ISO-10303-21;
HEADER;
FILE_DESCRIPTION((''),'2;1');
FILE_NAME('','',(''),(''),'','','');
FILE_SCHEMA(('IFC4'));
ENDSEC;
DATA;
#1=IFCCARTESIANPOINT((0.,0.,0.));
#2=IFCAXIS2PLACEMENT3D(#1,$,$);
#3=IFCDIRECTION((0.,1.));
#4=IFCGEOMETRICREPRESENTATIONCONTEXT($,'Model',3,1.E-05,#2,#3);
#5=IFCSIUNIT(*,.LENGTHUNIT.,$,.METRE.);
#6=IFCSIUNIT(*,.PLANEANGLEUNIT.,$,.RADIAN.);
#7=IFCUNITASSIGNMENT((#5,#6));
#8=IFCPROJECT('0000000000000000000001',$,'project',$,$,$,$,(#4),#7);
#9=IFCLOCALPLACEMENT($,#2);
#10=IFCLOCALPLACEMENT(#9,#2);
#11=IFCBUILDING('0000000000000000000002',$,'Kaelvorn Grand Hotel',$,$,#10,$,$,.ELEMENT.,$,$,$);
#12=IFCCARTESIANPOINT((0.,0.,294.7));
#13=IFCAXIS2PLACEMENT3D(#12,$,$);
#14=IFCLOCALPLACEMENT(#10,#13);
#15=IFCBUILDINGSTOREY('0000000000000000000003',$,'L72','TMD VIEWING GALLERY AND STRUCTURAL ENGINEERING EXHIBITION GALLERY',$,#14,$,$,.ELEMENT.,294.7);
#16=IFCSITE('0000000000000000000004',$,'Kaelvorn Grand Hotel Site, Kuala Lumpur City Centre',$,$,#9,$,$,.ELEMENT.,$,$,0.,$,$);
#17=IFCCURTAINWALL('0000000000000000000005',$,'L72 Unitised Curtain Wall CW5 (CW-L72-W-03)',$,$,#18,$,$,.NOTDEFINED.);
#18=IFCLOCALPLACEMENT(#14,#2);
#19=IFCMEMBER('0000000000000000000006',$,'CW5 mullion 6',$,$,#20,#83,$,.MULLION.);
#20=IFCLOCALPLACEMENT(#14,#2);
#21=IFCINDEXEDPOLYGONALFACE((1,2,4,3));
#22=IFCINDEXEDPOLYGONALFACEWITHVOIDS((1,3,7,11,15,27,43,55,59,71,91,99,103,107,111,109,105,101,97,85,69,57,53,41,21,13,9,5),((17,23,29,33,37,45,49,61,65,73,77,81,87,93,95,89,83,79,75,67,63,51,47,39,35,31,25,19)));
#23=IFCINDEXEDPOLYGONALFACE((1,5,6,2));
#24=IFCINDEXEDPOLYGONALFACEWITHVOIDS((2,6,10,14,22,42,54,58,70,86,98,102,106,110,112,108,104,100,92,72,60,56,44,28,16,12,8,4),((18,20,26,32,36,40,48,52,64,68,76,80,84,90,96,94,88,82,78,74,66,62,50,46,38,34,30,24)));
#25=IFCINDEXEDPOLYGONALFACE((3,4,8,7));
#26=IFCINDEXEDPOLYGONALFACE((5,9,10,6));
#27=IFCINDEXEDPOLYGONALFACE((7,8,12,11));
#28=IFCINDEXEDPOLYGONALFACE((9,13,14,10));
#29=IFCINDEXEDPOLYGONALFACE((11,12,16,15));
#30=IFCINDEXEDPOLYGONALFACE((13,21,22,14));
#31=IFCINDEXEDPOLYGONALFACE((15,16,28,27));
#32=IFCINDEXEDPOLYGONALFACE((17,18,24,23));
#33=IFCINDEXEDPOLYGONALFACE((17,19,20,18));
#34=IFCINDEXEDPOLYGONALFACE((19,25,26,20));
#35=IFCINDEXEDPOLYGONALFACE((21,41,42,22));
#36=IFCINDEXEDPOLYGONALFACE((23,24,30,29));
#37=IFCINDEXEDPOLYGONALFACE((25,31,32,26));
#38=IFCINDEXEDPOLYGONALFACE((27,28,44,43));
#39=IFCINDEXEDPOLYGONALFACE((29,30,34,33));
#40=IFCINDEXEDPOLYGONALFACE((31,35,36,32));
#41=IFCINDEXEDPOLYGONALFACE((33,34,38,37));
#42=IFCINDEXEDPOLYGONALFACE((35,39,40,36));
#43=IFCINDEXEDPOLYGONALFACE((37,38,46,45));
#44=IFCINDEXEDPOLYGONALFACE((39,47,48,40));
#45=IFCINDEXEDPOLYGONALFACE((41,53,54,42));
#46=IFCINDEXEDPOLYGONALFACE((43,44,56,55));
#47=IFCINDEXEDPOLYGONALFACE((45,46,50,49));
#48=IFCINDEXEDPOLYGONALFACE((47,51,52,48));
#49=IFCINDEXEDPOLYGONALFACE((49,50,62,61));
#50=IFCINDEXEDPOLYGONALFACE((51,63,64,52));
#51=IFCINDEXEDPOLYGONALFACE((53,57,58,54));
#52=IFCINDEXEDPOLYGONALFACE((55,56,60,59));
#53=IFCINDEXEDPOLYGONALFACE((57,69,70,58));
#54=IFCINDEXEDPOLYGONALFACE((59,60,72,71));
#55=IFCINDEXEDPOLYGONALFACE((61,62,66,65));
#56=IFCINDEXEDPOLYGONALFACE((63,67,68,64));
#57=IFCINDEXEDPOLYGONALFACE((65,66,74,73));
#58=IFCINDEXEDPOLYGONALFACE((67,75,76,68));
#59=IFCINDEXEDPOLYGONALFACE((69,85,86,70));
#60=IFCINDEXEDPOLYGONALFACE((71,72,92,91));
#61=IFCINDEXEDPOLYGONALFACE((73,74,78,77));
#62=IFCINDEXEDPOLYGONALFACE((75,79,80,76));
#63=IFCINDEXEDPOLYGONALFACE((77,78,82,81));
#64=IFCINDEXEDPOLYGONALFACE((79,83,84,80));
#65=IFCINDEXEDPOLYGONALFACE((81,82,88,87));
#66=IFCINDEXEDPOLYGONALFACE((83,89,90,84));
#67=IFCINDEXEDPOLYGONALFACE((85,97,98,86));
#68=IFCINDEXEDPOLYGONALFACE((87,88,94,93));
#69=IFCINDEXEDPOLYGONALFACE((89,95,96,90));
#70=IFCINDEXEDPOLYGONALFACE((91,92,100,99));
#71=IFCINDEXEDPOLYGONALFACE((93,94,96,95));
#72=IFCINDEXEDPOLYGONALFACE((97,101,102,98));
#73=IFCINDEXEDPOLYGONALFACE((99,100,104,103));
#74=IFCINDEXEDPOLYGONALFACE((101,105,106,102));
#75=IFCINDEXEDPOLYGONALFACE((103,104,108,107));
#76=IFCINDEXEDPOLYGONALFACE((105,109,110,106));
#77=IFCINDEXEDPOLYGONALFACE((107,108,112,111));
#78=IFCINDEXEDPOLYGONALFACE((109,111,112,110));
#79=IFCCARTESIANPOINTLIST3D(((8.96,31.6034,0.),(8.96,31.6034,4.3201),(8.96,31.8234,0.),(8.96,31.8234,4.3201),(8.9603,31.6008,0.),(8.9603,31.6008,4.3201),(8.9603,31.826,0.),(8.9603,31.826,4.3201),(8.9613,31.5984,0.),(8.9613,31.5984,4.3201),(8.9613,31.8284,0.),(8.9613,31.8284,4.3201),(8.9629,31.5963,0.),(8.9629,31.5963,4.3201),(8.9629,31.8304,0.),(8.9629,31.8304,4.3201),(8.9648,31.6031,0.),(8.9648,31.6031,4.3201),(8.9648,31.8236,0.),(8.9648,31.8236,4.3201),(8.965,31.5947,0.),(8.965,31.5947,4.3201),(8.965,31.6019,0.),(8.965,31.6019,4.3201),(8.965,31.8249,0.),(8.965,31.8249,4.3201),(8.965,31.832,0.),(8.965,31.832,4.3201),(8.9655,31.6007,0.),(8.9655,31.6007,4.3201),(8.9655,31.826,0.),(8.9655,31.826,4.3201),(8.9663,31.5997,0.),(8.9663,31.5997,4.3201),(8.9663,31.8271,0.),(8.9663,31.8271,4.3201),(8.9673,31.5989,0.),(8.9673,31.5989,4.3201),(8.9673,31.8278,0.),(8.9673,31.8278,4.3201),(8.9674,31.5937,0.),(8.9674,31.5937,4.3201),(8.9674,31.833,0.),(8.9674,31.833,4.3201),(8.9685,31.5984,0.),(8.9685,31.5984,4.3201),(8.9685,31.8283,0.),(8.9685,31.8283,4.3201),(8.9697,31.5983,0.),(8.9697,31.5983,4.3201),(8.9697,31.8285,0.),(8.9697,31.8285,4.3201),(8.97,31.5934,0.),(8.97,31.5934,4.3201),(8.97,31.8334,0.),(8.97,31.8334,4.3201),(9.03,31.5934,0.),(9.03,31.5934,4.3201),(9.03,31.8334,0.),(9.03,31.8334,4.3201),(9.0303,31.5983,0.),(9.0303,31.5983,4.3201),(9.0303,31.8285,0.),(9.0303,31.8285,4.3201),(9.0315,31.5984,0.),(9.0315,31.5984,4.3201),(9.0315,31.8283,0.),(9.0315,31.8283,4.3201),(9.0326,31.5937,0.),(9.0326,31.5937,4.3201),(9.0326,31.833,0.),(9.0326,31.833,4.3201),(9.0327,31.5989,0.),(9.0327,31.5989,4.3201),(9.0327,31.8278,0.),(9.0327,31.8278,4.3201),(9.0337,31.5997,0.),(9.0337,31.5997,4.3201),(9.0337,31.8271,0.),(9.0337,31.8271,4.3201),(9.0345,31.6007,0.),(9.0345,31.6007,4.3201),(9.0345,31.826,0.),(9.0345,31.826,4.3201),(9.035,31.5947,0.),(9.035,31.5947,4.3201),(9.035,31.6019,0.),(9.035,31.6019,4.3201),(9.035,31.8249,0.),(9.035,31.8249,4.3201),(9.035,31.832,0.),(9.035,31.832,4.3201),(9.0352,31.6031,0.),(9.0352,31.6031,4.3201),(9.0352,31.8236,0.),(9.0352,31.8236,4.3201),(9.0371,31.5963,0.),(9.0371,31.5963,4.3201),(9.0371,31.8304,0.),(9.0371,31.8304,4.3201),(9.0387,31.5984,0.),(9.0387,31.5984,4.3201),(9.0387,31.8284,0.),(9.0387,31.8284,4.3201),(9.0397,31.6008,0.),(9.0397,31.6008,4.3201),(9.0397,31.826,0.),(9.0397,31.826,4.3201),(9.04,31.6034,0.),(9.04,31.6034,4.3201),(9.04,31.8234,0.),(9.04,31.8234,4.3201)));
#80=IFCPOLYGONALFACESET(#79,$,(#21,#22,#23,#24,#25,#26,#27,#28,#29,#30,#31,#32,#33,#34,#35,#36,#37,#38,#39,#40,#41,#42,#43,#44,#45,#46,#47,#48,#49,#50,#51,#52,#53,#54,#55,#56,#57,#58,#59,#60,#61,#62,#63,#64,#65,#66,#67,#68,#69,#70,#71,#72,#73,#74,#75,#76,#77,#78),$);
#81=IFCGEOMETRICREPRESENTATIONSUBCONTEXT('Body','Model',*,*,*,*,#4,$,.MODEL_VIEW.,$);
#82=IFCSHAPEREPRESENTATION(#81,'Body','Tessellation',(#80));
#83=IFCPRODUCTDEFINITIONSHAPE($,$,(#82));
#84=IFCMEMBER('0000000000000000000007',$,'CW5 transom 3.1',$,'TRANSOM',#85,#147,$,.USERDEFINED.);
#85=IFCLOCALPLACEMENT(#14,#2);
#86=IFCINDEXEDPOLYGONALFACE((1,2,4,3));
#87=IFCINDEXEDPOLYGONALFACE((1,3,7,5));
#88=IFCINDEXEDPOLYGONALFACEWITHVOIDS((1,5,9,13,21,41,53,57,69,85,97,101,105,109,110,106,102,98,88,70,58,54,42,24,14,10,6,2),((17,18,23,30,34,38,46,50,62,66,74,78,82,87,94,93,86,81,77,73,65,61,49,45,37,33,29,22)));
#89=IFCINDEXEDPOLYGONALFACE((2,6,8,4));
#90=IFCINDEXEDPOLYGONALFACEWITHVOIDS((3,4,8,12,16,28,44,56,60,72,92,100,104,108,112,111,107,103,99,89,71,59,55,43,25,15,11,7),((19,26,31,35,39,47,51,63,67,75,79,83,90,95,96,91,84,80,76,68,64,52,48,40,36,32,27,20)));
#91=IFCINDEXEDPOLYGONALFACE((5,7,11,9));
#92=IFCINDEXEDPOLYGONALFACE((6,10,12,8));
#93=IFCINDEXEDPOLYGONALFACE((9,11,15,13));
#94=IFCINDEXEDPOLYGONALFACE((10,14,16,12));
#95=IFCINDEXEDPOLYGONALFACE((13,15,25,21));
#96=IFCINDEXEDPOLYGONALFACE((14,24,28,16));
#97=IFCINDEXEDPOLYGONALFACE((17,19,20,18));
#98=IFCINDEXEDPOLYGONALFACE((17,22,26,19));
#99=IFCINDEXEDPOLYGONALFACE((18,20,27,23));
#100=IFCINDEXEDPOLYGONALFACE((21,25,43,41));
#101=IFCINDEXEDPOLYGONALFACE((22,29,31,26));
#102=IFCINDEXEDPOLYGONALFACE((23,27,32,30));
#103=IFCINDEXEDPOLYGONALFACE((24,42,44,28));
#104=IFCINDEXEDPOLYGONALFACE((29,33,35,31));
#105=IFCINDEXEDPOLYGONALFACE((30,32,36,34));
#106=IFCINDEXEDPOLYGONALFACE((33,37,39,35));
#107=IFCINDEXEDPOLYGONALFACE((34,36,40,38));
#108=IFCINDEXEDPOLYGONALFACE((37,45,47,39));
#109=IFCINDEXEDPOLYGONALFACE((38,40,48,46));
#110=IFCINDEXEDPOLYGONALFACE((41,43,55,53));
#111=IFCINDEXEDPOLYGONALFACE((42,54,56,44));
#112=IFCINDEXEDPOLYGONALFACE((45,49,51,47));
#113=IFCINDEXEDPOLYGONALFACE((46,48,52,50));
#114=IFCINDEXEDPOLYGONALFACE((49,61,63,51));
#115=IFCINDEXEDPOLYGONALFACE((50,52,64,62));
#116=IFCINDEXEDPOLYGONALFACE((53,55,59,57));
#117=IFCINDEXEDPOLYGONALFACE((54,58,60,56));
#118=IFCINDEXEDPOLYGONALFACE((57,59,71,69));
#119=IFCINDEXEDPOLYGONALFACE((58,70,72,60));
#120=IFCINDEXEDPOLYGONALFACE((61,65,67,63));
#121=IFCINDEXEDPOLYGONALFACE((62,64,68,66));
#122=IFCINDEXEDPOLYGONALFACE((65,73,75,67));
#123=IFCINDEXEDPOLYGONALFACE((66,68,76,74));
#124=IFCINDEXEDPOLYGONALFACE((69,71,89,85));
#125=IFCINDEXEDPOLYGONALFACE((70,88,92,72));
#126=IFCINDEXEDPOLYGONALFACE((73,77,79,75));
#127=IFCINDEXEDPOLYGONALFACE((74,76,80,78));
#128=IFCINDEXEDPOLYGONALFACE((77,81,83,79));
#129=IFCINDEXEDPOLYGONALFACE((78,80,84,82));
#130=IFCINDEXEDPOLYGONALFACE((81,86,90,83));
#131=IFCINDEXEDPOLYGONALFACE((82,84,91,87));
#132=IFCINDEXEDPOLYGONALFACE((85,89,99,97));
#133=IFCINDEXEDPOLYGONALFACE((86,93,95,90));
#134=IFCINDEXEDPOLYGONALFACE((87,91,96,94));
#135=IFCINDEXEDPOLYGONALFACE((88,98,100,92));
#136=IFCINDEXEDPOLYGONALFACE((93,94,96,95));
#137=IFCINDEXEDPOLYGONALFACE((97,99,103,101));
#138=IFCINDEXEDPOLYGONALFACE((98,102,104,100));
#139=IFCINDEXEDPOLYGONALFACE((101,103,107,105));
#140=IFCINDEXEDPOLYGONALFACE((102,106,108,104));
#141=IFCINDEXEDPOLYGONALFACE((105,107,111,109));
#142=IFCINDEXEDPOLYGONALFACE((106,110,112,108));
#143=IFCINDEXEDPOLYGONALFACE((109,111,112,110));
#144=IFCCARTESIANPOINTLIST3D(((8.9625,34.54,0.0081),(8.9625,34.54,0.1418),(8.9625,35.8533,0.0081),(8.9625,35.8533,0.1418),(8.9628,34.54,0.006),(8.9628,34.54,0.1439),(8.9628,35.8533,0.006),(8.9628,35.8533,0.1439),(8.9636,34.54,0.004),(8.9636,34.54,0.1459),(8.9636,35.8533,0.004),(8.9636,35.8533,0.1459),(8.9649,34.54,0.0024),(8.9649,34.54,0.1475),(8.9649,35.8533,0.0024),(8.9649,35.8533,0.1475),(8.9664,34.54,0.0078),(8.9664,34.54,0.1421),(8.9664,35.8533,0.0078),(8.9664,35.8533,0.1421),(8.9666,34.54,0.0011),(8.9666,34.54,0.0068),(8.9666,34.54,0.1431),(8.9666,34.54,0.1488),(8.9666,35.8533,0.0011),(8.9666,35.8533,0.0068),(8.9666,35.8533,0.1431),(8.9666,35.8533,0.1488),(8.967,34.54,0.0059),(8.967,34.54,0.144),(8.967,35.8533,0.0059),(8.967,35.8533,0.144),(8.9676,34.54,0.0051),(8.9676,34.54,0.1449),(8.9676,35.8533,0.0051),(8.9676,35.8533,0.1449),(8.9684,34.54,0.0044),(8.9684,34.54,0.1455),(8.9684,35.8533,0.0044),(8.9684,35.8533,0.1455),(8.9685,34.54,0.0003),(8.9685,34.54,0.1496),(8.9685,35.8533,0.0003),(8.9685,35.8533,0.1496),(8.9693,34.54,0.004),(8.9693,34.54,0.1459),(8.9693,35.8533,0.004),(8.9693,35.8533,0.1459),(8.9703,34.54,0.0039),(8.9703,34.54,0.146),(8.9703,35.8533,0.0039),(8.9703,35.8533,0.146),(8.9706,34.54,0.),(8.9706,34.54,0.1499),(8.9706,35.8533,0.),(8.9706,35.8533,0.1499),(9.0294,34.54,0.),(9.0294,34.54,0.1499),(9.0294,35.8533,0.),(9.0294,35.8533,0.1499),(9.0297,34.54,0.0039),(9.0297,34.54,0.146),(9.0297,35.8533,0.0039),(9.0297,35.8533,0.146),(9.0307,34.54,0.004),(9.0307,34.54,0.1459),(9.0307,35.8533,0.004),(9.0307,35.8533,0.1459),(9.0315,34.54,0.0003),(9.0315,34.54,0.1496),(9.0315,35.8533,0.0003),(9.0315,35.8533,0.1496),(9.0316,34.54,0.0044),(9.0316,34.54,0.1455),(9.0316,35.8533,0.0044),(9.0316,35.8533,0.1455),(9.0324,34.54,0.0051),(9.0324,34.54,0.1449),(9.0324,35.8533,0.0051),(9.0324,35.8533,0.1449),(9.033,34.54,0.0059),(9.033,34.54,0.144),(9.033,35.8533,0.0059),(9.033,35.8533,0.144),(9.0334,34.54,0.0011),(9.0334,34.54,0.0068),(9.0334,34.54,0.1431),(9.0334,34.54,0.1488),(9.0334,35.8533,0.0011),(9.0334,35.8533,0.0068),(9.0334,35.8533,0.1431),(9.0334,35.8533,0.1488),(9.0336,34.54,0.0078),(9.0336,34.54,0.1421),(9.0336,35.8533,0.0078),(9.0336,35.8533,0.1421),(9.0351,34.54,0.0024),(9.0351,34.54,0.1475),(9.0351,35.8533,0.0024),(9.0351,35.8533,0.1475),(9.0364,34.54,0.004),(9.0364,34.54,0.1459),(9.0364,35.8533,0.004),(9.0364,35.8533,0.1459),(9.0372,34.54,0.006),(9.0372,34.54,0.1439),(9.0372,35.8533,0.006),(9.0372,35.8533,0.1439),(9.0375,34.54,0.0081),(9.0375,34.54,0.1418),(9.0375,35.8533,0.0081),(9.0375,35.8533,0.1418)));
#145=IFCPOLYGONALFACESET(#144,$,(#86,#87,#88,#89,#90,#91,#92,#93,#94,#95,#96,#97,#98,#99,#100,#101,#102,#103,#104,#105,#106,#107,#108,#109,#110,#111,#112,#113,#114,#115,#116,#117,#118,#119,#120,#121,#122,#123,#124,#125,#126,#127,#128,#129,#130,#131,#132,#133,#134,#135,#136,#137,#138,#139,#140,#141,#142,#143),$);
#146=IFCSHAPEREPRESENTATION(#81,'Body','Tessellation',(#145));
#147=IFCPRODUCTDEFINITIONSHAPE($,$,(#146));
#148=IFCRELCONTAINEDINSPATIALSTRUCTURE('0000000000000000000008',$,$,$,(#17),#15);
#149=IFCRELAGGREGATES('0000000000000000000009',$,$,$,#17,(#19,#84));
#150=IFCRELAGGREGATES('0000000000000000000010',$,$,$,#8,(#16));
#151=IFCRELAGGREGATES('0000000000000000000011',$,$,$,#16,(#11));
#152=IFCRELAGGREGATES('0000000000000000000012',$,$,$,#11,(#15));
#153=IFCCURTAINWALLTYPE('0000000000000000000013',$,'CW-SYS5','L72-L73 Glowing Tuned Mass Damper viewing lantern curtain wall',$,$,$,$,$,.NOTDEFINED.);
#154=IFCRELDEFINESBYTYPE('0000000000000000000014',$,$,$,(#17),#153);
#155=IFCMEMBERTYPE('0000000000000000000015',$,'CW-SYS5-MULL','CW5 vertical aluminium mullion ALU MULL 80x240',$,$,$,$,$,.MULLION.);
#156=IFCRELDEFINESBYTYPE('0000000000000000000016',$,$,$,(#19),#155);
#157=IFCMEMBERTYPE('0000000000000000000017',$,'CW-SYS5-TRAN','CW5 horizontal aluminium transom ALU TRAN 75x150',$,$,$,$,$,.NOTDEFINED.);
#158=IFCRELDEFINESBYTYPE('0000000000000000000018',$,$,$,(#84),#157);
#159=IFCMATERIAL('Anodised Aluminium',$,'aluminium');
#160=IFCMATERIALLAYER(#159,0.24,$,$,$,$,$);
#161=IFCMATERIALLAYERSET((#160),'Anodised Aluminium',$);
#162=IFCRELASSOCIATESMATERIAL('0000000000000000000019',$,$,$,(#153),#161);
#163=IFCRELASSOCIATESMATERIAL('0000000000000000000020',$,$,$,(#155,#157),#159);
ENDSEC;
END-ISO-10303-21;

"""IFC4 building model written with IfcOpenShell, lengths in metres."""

from ifc_helpers import new_model, si_unit, direction, frame, origin, origin_2d, place, context, subcontext, project, spatial, hollow_rectangle, extrude, material, layer, layer_set, material_profile, profile_set, type_object, element, aggregate, save


model = new_model("IFC4")

# Units and contexts
model_context = context("Model", 3, precision=1e-05, world=origin(), true_north=direction((0.0, 1.0)))
body_context = subcontext(model_context, "Body", "Model", "MODEL_VIEW")
ifc_project = project(units=[si_unit("LENGTHUNIT", "METRE"), si_unit("PLANEANGLEUNIT", "RADIAN")], contexts=[model_context])

# Site, building, storey
site_placement = place(None, origin())
site = spatial("IfcSite", under=ifc_project, at=site_placement, Name="Kaelvorn Grand Hotel Site, Kuala Lumpur City Centre", CompositionType="ELEMENT", RefElevation=0.0)
building_placement = place(site_placement, origin())
building = spatial("IfcBuilding", under=site, at=building_placement, Name="Kaelvorn Grand Hotel", CompositionType="ELEMENT")
storey_placement = place(building_placement, frame((0.0, 0.0, 294.7)))
storey = spatial("IfcBuildingStorey", under=building, at=storey_placement, Name="L72", Description="TMD VIEWING GALLERY AND STRUCTURAL ENGINEERING EXHIBITION GALLERY", CompositionType="ELEMENT", Elevation=294.7)

# Curtain wall, members
ifc_material_1 = material(Name="Anodised Aluminium", Category="aluminium")
ifc_layer_1 = layer(ifc_material_1, 0.24)
ifc_layer_set_1 = layer_set([ifc_layer_1], Name="Anodised Aluminium")
curtain_wall_type = type_object("IfcCurtainWallType", Name="CW-SYS5", Description="L72-L73 Glowing Tuned Mass Damper viewing lantern curtain wall", PredefinedType="NOTDEFINED", material=ifc_layer_set_1)
curtain_wall_placement = place(storey_placement, origin())
curtain_wall = element("IfcCurtainWall", 1, at=curtain_wall_placement, inside=storey, type_object=curtain_wall_type, Name="L72 Unitised Curtain Wall CW5 (CW-L72-W-03)", PredefinedType="NOTDEFINED")
ifc_material_profile_1 = material_profile(ifc_material_1, hollow_rectangle(XDim=0.0801, YDim=0.24, WallThickness=0.0049, InnerFilletRadius=0.0049, OuterFilletRadius=0.01, at=origin_2d()), Name="ALU MULL 80x240")
ifc_profile_set_1 = profile_set([ifc_material_profile_1], Name="Anodised Aluminium")
member_type_1 = type_object("IfcMemberType", Name="CW-SYS5-MULL", Description="CW5 vertical aluminium mullion ALU MULL 80x240", PredefinedType="MULLION", material=ifc_profile_set_1)
member_1_placement = place(storey_placement, frame((9.0, 31.7134, 0.0), z_axis=(0.0, 0.0, 1.0), x_axis=(1.0, 0.0, 0.0)))
member_1 = element("IfcMember", 2, at=member_1_placement, type_object=member_type_1, Name="CW5 mullion 6", PredefinedType="MULLION", context=body_context, shape_type="SweptSolid", body=[
    extrude(hollow_rectangle(XDim=0.0801, YDim=0.24, WallThickness=0.0049, InnerFilletRadius=0.0049, OuterFilletRadius=0.01, at=origin_2d()), origin(), (0.0, 0.0, 1.0), 4.3201),
])
ifc_material_profile_2 = material_profile(ifc_material_1, hollow_rectangle(XDim=0.075, YDim=0.1499, WallThickness=0.0039, InnerFilletRadius=0.0039, OuterFilletRadius=0.0081, at=origin_2d()), Name="ALU TRAN 75x150")
ifc_profile_set_2 = profile_set([ifc_material_profile_2], Name="Anodised Aluminium")
member_type_2 = type_object("IfcMemberType", Name="CW-SYS5-TRAN", Description="CW5 horizontal aluminium transom ALU TRAN 75x150", PredefinedType="NOTDEFINED", material=ifc_profile_set_2)
member_2_placement = place(storey_placement, frame((9.0, 35.8533, 0.075), z_axis=(0.0, -1.0, 0.0), x_axis=(1.0, 0.0, 0.0)))
member_2 = element("IfcMember", 3, at=member_2_placement, type_object=member_type_2, Name="CW5 transom 3.1", ObjectType="TRANSOM", PredefinedType="USERDEFINED", context=body_context, shape_type="SweptSolid", body=[
    extrude(hollow_rectangle(XDim=0.075, YDim=0.1499, WallThickness=0.0039, InnerFilletRadius=0.0039, OuterFilletRadius=0.0081, at=origin_2d()), origin(), (0.0, 0.0, 1.0), 1.3132),
])
aggregate(curtain_wall, [member_1, member_2])

save(model, "model.ifc")
